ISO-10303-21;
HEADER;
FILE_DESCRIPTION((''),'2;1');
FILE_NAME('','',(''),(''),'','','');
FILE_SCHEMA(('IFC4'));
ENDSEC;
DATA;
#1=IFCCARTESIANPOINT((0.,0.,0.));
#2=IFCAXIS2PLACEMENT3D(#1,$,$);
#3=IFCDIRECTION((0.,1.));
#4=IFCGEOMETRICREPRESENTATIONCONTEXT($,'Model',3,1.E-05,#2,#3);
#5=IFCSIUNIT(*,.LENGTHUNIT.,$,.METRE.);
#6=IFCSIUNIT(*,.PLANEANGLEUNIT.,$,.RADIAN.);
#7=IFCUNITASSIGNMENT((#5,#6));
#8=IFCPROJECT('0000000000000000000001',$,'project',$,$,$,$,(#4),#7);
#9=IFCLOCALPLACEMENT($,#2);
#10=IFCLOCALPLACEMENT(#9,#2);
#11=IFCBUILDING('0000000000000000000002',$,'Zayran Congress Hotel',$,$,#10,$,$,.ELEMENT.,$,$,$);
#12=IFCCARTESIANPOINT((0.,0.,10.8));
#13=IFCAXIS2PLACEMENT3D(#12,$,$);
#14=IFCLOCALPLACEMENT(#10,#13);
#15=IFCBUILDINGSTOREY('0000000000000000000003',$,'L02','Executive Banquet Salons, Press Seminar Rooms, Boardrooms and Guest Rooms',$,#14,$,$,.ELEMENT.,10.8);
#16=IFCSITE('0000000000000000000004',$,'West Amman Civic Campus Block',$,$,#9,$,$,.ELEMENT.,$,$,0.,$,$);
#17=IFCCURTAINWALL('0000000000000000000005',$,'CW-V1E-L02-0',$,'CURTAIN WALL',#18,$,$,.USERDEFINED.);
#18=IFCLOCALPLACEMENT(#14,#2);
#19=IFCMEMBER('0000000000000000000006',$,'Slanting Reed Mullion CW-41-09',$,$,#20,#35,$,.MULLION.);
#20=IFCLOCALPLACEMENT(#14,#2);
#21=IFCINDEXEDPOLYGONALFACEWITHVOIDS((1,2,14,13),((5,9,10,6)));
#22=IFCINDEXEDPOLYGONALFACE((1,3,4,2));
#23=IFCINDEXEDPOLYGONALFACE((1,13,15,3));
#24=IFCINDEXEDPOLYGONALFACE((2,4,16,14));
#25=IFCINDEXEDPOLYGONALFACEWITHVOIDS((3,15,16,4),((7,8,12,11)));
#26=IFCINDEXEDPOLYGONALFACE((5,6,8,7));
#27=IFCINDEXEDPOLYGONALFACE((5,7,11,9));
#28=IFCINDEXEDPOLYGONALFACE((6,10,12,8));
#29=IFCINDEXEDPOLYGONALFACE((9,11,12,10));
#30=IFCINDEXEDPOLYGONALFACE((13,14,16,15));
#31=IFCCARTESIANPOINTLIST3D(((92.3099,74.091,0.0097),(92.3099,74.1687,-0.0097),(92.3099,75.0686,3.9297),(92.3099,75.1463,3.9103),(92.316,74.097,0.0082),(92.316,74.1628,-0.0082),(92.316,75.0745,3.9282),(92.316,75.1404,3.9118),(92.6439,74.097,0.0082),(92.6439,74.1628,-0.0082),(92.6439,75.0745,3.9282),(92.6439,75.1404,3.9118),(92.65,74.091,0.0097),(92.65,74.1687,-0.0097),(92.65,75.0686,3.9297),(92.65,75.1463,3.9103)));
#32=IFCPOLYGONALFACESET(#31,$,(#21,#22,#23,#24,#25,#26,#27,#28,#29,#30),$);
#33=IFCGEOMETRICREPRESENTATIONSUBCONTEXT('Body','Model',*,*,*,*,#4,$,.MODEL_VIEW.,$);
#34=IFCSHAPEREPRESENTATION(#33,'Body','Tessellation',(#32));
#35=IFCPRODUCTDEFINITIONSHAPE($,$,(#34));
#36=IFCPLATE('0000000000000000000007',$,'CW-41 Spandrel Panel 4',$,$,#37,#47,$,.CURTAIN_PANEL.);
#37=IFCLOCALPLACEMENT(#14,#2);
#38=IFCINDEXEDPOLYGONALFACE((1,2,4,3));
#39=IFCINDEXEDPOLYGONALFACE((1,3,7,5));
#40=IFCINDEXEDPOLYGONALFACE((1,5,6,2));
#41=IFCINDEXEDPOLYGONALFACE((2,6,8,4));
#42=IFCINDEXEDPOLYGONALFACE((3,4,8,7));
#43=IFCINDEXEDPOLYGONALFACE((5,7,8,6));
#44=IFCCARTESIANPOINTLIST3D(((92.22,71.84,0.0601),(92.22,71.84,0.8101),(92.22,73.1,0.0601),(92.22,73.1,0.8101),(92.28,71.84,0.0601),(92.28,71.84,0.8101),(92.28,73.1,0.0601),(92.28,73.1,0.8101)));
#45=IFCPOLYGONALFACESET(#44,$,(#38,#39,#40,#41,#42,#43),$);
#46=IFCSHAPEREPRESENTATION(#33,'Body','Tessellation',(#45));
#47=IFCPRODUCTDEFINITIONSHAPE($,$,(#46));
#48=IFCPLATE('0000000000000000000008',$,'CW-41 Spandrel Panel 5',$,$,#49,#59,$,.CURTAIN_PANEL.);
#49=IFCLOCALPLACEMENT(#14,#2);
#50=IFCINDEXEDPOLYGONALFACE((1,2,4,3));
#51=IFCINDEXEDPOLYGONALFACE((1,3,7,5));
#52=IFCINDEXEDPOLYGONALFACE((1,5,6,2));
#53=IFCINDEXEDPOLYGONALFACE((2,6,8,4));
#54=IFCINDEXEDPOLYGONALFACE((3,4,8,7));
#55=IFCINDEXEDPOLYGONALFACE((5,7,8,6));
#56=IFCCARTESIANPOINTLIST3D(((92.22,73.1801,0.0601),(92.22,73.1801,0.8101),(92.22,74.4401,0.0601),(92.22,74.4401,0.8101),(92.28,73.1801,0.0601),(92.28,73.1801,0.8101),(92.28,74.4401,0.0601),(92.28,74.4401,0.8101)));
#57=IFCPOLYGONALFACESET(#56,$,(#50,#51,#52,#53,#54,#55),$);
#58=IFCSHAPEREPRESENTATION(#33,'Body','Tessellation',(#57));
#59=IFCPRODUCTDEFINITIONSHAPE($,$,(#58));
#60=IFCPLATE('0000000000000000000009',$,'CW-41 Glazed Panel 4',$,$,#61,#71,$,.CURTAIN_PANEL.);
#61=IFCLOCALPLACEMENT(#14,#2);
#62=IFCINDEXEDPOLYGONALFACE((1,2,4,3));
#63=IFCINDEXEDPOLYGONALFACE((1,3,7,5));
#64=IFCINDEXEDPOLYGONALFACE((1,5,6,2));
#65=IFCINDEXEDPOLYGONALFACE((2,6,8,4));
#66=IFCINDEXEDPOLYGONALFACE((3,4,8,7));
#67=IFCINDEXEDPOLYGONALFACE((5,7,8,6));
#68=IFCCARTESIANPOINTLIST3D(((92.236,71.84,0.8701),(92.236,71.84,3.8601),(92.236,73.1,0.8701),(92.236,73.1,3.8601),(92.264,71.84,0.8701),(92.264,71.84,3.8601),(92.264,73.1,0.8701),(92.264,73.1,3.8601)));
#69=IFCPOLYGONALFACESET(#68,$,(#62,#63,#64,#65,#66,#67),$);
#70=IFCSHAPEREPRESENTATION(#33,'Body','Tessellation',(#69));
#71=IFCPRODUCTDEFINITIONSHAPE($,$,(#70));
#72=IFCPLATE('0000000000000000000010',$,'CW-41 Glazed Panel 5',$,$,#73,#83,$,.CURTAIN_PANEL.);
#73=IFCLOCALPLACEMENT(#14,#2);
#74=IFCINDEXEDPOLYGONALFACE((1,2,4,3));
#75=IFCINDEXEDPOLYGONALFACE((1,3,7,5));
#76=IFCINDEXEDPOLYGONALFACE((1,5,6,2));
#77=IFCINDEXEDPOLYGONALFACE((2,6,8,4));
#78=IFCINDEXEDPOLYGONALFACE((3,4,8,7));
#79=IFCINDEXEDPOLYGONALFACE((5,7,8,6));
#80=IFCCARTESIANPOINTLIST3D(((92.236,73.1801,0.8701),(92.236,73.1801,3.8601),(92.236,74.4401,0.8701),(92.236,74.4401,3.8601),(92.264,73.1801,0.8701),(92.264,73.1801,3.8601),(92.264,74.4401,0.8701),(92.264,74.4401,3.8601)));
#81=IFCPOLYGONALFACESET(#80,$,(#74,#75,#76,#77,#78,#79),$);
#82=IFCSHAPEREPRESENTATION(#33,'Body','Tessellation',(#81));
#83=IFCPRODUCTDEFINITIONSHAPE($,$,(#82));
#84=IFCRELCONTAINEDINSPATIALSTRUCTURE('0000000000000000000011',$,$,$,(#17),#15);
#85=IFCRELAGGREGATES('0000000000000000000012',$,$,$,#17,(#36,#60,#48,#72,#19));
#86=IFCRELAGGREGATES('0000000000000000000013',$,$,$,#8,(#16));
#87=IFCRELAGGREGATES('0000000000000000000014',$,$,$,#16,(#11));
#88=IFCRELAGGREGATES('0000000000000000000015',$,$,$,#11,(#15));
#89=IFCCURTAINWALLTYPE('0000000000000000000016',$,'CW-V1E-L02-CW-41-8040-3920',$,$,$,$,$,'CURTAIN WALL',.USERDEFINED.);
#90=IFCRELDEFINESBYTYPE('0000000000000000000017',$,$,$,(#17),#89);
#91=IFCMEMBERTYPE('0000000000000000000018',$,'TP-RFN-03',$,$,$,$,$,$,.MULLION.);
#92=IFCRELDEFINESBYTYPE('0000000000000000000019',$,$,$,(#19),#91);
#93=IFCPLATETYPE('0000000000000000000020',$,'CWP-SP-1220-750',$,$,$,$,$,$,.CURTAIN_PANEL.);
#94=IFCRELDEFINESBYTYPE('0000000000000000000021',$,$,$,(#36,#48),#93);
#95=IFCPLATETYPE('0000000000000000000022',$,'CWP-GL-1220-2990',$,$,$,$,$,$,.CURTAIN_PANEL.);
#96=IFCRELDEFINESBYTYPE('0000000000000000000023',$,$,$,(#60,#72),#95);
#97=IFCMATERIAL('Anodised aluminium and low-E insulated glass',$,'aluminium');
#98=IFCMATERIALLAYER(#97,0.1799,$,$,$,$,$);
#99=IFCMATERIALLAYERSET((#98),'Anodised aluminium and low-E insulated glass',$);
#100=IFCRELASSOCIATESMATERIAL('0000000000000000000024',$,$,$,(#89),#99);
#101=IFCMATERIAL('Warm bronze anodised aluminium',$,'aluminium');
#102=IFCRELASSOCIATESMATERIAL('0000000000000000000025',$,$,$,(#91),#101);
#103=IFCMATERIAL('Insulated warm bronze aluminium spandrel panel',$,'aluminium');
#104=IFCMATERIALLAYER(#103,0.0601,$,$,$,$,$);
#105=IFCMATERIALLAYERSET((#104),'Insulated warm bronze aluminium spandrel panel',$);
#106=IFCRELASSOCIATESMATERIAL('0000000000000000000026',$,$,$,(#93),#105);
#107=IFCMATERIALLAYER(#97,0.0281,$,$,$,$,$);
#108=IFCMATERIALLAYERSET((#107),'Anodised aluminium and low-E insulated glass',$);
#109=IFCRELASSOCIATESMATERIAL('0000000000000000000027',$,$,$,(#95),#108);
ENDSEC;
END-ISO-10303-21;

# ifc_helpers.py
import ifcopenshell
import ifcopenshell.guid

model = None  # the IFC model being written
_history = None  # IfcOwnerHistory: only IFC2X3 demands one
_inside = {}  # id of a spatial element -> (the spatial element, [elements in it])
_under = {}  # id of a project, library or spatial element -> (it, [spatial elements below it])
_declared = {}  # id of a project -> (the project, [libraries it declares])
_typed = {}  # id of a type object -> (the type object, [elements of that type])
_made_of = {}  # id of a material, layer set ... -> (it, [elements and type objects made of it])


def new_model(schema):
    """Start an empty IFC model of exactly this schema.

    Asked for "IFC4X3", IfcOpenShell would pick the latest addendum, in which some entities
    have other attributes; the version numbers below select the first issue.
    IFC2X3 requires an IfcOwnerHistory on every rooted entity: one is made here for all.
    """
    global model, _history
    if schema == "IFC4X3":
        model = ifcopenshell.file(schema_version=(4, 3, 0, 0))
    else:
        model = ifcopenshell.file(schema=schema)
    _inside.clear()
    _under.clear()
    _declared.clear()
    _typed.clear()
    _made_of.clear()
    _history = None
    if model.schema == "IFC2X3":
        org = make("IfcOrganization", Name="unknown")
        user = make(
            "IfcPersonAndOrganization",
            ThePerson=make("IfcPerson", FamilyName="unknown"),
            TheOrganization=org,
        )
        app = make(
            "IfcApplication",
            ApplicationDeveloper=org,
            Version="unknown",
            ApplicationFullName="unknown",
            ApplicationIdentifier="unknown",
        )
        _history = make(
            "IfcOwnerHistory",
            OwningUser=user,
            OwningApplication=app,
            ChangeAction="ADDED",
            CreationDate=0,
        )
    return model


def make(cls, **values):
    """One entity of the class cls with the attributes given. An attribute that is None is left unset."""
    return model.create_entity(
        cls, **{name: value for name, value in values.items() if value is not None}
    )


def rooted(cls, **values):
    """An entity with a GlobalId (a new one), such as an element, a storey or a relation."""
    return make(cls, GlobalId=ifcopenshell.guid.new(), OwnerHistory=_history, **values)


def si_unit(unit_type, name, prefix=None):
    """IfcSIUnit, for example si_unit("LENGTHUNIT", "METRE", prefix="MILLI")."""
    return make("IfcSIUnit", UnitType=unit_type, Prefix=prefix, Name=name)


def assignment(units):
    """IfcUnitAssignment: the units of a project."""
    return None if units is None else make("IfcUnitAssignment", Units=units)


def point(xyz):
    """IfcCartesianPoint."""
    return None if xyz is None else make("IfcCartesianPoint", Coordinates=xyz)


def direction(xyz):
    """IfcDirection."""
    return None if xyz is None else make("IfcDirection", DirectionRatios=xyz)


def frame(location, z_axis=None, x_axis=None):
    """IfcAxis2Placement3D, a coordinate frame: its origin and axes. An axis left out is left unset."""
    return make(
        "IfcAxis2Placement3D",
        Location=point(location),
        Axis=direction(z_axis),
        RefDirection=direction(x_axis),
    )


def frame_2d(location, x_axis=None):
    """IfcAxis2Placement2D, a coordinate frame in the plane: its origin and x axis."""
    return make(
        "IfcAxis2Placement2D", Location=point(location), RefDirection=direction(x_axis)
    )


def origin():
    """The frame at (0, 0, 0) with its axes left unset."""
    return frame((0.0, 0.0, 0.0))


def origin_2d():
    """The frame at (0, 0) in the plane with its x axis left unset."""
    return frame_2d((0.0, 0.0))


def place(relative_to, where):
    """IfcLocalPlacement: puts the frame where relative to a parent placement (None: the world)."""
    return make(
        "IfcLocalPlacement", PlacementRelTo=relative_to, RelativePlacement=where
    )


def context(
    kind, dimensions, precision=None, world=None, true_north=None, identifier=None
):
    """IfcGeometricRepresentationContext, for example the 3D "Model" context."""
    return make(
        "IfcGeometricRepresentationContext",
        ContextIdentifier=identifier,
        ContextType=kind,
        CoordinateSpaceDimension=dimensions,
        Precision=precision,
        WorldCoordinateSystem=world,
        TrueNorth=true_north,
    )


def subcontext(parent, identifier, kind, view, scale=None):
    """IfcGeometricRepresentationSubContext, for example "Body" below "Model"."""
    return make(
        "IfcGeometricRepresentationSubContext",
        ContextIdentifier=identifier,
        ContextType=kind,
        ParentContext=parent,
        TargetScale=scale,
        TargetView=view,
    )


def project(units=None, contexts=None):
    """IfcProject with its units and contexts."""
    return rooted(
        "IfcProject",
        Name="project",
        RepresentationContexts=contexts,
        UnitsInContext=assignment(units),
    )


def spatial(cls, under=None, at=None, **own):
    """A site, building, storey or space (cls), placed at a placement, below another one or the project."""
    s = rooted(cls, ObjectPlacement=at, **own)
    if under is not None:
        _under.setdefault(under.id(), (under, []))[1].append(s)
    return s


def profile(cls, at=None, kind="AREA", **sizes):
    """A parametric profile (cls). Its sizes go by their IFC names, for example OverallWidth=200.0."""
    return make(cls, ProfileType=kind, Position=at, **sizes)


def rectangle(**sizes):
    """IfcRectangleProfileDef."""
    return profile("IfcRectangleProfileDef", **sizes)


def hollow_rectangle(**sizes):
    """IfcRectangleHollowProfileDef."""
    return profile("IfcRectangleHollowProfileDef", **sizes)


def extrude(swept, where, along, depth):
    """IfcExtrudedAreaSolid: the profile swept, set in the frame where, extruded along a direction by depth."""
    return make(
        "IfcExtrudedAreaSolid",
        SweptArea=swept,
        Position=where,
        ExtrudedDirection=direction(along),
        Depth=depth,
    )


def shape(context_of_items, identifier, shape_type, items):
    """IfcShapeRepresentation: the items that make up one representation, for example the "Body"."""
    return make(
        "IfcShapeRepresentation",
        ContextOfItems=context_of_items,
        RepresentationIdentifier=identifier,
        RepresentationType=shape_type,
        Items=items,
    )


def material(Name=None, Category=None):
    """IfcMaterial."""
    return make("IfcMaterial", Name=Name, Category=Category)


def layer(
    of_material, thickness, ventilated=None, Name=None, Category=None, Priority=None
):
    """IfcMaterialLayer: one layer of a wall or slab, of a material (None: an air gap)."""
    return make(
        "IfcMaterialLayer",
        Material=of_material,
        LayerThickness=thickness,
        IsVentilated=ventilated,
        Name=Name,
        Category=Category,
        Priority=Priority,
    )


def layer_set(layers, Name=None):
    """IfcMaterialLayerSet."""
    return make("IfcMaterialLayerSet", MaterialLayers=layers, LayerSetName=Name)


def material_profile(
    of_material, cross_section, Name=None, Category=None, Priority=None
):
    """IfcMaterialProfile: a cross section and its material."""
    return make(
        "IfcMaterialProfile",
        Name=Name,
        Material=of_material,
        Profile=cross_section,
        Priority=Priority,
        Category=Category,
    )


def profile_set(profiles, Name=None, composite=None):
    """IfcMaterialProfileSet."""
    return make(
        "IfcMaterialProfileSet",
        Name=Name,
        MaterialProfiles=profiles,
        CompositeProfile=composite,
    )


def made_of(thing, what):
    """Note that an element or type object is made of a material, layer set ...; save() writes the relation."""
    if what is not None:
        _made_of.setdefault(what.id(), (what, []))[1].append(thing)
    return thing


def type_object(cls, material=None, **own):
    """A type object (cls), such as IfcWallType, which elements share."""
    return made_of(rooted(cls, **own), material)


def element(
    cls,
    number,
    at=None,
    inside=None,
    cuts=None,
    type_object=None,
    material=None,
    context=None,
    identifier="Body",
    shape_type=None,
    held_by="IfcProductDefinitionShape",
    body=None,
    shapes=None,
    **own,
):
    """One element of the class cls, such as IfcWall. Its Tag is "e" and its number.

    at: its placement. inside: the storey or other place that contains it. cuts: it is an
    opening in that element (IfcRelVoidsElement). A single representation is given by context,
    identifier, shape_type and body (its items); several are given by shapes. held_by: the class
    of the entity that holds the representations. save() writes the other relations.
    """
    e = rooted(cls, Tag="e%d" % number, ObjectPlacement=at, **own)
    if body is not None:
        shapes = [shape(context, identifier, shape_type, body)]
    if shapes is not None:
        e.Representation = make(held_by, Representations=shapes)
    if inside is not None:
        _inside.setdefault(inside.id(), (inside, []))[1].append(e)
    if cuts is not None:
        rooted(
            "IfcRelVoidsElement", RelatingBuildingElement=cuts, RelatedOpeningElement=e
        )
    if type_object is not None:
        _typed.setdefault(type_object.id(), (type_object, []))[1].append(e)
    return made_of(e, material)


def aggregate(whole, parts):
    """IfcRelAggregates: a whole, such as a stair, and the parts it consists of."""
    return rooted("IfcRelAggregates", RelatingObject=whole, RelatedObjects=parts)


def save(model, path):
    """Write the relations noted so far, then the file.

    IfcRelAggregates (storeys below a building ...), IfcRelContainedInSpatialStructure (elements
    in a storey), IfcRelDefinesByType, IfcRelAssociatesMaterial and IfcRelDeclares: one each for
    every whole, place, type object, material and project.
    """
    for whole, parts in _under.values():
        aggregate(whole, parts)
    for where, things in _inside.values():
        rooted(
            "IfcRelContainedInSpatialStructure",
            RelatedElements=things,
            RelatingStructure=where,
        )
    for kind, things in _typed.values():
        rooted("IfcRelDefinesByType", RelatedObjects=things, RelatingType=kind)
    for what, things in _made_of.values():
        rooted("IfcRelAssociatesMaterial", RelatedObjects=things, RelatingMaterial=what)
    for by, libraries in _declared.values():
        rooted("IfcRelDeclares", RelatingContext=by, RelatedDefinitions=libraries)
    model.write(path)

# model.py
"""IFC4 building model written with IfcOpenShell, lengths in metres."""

from ifc_helpers import new_model, si_unit, direction, frame, origin, origin_2d, place, context, subcontext, project, spatial, rectangle, hollow_rectangle, extrude, material, layer, layer_set, material_profile, profile_set, type_object, element, aggregate, save


model = new_model("IFC4")

# Units and contexts
model_context = context("Model", 3, precision=1e-05, world=origin(), true_north=direction((0.0, 1.0)))
body_context = subcontext(model_context, "Body", "Model", "MODEL_VIEW")
ifc_project = project(units=[si_unit("LENGTHUNIT", "METRE"), si_unit("PLANEANGLEUNIT", "RADIAN")], contexts=[model_context])

# Site, building, storey
site_placement = place(None, origin())
site = spatial("IfcSite", under=ifc_project, at=site_placement, Name="West Amman Civic Campus Block", CompositionType="ELEMENT", RefElevation=0.0)
building_placement = place(site_placement, origin())
building = spatial("IfcBuilding", under=site, at=building_placement, Name="Zayran Congress Hotel", CompositionType="ELEMENT")
storey_placement = place(building_placement, frame((0.0, 0.0, 10.8)))
storey = spatial("IfcBuildingStorey", under=building, at=storey_placement, Name="L02", Description="Executive Banquet Salons, Press Seminar Rooms, Boardrooms and Guest Rooms", CompositionType="ELEMENT", Elevation=10.8)

# Shared definitions
ifc_material_1 = material(Name="Anodised aluminium and low-E insulated glass", Category="aluminium")

# Curtain wall, member, plates
ifc_layer_1 = layer(ifc_material_1, 0.1799)
ifc_layer_set_1 = layer_set([ifc_layer_1], Name="Anodised aluminium and low-E insulated glass")
curtain_wall_type_1 = type_object("IfcCurtainWallType", Name="CW-V1E-L02-CW-41-8040-3920", ElementType="CURTAIN WALL", PredefinedType="USERDEFINED", material=ifc_layer_set_1)
curtain_wall_1_placement = place(storey_placement, origin())
curtain_wall_1 = element("IfcCurtainWall", 1, at=curtain_wall_1_placement, inside=storey, type_object=curtain_wall_type_1, Name="CW-V1E-L02-0", ObjectType="CURTAIN WALL", PredefinedType="USERDEFINED")
ifc_material_2 = material(Name="Warm bronze anodised aluminium", Category="aluminium")
ifc_material_profile_1 = material_profile(ifc_material_2, hollow_rectangle(XDim=0.0801, YDim=0.3401, WallThickness=0.0061, at=origin_2d()), Name="RHS 340x80x6")
ifc_profile_set_1 = profile_set([ifc_material_profile_1], Name="Warm bronze anodised aluminium")
member_type_1 = type_object("IfcMemberType", Name="TP-RFN-03", PredefinedType="MULLION", material=ifc_profile_set_1)
member_1_placement = place(storey_placement, frame((92.48, 74.1299, 0.0), z_axis=(0.0, 0.241967, 0.970285), x_axis=(0.0, -0.970285, 0.241967)))
member_1 = element("IfcMember", 2, at=member_1_placement, type_object=member_type_1, Name="Slanting Reed Mullion CW-41-09", PredefinedType="MULLION", context=body_context, shape_type="SweptSolid", body=[
    extrude(hollow_rectangle(XDim=0.0801, YDim=0.3401, WallThickness=0.0061, at=origin_2d()), origin(), (0.0, 0.0, 1.0), 4.04),
])
ifc_material_3 = material(Name="Insulated warm bronze aluminium spandrel panel", Category="aluminium")
ifc_layer_2 = layer(ifc_material_3, 0.0601)
ifc_layer_set_2 = layer_set([ifc_layer_2], Name="Insulated warm bronze aluminium spandrel panel")
plate_type_1 = type_object("IfcPlateType", Name="CWP-SP-1220-750", PredefinedType="CURTAIN_PANEL", material=ifc_layer_set_2)
plate_1_placement = place(storey_placement, frame((92.25, 72.47, 0.0601), z_axis=(0.0, 0.0, 1.0), x_axis=(0.0, 1.0, 0.0)))
plate_1 = element("IfcPlate", 3, at=plate_1_placement, type_object=plate_type_1, Name="CW-41 Spandrel Panel 4", PredefinedType="CURTAIN_PANEL", context=body_context, shape_type="SweptSolid", body=[
    extrude(rectangle(XDim=1.26, YDim=0.0601, at=origin_2d()), origin(), (0.0, 0.0, 1.0), 0.75),
])
plate_2_placement = place(storey_placement, frame((92.25, 73.8101, 0.0601), z_axis=(0.0, 0.0, 1.0), x_axis=(0.0, 1.0, 0.0)))
plate_2 = element("IfcPlate", 4, at=plate_2_placement, type_object=plate_type_1, Name="CW-41 Spandrel Panel 5", PredefinedType="CURTAIN_PANEL", context=body_context, shape_type="SweptSolid", body=[
    extrude(rectangle(XDim=1.26, YDim=0.0601, at=origin_2d()), origin(), (0.0, 0.0, 1.0), 0.75),
])
ifc_layer_3 = layer(ifc_material_1, 0.0281)
ifc_layer_set_3 = layer_set([ifc_layer_3], Name="Anodised aluminium and low-E insulated glass")
plate_type_2 = type_object("IfcPlateType", Name="CWP-GL-1220-2990", PredefinedType="CURTAIN_PANEL", material=ifc_layer_set_3)
plate_3_placement = place(storey_placement, frame((92.25, 72.47, 0.8701), z_axis=(0.0, 0.0, 1.0), x_axis=(0.0, 1.0, 0.0)))
plate_3 = element("IfcPlate", 5, at=plate_3_placement, type_object=plate_type_2, Name="CW-41 Glazed Panel 4", PredefinedType="CURTAIN_PANEL", context=body_context, shape_type="SweptSolid", body=[
    extrude(rectangle(XDim=1.26, YDim=0.0281, at=origin_2d()), origin(), (0.0, 0.0, 1.0), 2.99),
])
plate_4_placement = place(storey_placement, frame((92.25, 73.8101, 0.8701), z_axis=(0.0, 0.0, 1.0), x_axis=(0.0, 1.0, 0.0)))
plate_4 = element("IfcPlate", 6, at=plate_4_placement, type_object=plate_type_2, Name="CW-41 Glazed Panel 5", PredefinedType="CURTAIN_PANEL", context=body_context, shape_type="SweptSolid", body=[
    extrude(rectangle(XDim=1.26, YDim=0.0281, at=origin_2d()), origin(), (0.0, 0.0, 1.0), 2.99),
])
aggregate(curtain_wall_1, [plate_1, plate_3, plate_2, plate_4, member_1])

save(model, "model.ifc")
